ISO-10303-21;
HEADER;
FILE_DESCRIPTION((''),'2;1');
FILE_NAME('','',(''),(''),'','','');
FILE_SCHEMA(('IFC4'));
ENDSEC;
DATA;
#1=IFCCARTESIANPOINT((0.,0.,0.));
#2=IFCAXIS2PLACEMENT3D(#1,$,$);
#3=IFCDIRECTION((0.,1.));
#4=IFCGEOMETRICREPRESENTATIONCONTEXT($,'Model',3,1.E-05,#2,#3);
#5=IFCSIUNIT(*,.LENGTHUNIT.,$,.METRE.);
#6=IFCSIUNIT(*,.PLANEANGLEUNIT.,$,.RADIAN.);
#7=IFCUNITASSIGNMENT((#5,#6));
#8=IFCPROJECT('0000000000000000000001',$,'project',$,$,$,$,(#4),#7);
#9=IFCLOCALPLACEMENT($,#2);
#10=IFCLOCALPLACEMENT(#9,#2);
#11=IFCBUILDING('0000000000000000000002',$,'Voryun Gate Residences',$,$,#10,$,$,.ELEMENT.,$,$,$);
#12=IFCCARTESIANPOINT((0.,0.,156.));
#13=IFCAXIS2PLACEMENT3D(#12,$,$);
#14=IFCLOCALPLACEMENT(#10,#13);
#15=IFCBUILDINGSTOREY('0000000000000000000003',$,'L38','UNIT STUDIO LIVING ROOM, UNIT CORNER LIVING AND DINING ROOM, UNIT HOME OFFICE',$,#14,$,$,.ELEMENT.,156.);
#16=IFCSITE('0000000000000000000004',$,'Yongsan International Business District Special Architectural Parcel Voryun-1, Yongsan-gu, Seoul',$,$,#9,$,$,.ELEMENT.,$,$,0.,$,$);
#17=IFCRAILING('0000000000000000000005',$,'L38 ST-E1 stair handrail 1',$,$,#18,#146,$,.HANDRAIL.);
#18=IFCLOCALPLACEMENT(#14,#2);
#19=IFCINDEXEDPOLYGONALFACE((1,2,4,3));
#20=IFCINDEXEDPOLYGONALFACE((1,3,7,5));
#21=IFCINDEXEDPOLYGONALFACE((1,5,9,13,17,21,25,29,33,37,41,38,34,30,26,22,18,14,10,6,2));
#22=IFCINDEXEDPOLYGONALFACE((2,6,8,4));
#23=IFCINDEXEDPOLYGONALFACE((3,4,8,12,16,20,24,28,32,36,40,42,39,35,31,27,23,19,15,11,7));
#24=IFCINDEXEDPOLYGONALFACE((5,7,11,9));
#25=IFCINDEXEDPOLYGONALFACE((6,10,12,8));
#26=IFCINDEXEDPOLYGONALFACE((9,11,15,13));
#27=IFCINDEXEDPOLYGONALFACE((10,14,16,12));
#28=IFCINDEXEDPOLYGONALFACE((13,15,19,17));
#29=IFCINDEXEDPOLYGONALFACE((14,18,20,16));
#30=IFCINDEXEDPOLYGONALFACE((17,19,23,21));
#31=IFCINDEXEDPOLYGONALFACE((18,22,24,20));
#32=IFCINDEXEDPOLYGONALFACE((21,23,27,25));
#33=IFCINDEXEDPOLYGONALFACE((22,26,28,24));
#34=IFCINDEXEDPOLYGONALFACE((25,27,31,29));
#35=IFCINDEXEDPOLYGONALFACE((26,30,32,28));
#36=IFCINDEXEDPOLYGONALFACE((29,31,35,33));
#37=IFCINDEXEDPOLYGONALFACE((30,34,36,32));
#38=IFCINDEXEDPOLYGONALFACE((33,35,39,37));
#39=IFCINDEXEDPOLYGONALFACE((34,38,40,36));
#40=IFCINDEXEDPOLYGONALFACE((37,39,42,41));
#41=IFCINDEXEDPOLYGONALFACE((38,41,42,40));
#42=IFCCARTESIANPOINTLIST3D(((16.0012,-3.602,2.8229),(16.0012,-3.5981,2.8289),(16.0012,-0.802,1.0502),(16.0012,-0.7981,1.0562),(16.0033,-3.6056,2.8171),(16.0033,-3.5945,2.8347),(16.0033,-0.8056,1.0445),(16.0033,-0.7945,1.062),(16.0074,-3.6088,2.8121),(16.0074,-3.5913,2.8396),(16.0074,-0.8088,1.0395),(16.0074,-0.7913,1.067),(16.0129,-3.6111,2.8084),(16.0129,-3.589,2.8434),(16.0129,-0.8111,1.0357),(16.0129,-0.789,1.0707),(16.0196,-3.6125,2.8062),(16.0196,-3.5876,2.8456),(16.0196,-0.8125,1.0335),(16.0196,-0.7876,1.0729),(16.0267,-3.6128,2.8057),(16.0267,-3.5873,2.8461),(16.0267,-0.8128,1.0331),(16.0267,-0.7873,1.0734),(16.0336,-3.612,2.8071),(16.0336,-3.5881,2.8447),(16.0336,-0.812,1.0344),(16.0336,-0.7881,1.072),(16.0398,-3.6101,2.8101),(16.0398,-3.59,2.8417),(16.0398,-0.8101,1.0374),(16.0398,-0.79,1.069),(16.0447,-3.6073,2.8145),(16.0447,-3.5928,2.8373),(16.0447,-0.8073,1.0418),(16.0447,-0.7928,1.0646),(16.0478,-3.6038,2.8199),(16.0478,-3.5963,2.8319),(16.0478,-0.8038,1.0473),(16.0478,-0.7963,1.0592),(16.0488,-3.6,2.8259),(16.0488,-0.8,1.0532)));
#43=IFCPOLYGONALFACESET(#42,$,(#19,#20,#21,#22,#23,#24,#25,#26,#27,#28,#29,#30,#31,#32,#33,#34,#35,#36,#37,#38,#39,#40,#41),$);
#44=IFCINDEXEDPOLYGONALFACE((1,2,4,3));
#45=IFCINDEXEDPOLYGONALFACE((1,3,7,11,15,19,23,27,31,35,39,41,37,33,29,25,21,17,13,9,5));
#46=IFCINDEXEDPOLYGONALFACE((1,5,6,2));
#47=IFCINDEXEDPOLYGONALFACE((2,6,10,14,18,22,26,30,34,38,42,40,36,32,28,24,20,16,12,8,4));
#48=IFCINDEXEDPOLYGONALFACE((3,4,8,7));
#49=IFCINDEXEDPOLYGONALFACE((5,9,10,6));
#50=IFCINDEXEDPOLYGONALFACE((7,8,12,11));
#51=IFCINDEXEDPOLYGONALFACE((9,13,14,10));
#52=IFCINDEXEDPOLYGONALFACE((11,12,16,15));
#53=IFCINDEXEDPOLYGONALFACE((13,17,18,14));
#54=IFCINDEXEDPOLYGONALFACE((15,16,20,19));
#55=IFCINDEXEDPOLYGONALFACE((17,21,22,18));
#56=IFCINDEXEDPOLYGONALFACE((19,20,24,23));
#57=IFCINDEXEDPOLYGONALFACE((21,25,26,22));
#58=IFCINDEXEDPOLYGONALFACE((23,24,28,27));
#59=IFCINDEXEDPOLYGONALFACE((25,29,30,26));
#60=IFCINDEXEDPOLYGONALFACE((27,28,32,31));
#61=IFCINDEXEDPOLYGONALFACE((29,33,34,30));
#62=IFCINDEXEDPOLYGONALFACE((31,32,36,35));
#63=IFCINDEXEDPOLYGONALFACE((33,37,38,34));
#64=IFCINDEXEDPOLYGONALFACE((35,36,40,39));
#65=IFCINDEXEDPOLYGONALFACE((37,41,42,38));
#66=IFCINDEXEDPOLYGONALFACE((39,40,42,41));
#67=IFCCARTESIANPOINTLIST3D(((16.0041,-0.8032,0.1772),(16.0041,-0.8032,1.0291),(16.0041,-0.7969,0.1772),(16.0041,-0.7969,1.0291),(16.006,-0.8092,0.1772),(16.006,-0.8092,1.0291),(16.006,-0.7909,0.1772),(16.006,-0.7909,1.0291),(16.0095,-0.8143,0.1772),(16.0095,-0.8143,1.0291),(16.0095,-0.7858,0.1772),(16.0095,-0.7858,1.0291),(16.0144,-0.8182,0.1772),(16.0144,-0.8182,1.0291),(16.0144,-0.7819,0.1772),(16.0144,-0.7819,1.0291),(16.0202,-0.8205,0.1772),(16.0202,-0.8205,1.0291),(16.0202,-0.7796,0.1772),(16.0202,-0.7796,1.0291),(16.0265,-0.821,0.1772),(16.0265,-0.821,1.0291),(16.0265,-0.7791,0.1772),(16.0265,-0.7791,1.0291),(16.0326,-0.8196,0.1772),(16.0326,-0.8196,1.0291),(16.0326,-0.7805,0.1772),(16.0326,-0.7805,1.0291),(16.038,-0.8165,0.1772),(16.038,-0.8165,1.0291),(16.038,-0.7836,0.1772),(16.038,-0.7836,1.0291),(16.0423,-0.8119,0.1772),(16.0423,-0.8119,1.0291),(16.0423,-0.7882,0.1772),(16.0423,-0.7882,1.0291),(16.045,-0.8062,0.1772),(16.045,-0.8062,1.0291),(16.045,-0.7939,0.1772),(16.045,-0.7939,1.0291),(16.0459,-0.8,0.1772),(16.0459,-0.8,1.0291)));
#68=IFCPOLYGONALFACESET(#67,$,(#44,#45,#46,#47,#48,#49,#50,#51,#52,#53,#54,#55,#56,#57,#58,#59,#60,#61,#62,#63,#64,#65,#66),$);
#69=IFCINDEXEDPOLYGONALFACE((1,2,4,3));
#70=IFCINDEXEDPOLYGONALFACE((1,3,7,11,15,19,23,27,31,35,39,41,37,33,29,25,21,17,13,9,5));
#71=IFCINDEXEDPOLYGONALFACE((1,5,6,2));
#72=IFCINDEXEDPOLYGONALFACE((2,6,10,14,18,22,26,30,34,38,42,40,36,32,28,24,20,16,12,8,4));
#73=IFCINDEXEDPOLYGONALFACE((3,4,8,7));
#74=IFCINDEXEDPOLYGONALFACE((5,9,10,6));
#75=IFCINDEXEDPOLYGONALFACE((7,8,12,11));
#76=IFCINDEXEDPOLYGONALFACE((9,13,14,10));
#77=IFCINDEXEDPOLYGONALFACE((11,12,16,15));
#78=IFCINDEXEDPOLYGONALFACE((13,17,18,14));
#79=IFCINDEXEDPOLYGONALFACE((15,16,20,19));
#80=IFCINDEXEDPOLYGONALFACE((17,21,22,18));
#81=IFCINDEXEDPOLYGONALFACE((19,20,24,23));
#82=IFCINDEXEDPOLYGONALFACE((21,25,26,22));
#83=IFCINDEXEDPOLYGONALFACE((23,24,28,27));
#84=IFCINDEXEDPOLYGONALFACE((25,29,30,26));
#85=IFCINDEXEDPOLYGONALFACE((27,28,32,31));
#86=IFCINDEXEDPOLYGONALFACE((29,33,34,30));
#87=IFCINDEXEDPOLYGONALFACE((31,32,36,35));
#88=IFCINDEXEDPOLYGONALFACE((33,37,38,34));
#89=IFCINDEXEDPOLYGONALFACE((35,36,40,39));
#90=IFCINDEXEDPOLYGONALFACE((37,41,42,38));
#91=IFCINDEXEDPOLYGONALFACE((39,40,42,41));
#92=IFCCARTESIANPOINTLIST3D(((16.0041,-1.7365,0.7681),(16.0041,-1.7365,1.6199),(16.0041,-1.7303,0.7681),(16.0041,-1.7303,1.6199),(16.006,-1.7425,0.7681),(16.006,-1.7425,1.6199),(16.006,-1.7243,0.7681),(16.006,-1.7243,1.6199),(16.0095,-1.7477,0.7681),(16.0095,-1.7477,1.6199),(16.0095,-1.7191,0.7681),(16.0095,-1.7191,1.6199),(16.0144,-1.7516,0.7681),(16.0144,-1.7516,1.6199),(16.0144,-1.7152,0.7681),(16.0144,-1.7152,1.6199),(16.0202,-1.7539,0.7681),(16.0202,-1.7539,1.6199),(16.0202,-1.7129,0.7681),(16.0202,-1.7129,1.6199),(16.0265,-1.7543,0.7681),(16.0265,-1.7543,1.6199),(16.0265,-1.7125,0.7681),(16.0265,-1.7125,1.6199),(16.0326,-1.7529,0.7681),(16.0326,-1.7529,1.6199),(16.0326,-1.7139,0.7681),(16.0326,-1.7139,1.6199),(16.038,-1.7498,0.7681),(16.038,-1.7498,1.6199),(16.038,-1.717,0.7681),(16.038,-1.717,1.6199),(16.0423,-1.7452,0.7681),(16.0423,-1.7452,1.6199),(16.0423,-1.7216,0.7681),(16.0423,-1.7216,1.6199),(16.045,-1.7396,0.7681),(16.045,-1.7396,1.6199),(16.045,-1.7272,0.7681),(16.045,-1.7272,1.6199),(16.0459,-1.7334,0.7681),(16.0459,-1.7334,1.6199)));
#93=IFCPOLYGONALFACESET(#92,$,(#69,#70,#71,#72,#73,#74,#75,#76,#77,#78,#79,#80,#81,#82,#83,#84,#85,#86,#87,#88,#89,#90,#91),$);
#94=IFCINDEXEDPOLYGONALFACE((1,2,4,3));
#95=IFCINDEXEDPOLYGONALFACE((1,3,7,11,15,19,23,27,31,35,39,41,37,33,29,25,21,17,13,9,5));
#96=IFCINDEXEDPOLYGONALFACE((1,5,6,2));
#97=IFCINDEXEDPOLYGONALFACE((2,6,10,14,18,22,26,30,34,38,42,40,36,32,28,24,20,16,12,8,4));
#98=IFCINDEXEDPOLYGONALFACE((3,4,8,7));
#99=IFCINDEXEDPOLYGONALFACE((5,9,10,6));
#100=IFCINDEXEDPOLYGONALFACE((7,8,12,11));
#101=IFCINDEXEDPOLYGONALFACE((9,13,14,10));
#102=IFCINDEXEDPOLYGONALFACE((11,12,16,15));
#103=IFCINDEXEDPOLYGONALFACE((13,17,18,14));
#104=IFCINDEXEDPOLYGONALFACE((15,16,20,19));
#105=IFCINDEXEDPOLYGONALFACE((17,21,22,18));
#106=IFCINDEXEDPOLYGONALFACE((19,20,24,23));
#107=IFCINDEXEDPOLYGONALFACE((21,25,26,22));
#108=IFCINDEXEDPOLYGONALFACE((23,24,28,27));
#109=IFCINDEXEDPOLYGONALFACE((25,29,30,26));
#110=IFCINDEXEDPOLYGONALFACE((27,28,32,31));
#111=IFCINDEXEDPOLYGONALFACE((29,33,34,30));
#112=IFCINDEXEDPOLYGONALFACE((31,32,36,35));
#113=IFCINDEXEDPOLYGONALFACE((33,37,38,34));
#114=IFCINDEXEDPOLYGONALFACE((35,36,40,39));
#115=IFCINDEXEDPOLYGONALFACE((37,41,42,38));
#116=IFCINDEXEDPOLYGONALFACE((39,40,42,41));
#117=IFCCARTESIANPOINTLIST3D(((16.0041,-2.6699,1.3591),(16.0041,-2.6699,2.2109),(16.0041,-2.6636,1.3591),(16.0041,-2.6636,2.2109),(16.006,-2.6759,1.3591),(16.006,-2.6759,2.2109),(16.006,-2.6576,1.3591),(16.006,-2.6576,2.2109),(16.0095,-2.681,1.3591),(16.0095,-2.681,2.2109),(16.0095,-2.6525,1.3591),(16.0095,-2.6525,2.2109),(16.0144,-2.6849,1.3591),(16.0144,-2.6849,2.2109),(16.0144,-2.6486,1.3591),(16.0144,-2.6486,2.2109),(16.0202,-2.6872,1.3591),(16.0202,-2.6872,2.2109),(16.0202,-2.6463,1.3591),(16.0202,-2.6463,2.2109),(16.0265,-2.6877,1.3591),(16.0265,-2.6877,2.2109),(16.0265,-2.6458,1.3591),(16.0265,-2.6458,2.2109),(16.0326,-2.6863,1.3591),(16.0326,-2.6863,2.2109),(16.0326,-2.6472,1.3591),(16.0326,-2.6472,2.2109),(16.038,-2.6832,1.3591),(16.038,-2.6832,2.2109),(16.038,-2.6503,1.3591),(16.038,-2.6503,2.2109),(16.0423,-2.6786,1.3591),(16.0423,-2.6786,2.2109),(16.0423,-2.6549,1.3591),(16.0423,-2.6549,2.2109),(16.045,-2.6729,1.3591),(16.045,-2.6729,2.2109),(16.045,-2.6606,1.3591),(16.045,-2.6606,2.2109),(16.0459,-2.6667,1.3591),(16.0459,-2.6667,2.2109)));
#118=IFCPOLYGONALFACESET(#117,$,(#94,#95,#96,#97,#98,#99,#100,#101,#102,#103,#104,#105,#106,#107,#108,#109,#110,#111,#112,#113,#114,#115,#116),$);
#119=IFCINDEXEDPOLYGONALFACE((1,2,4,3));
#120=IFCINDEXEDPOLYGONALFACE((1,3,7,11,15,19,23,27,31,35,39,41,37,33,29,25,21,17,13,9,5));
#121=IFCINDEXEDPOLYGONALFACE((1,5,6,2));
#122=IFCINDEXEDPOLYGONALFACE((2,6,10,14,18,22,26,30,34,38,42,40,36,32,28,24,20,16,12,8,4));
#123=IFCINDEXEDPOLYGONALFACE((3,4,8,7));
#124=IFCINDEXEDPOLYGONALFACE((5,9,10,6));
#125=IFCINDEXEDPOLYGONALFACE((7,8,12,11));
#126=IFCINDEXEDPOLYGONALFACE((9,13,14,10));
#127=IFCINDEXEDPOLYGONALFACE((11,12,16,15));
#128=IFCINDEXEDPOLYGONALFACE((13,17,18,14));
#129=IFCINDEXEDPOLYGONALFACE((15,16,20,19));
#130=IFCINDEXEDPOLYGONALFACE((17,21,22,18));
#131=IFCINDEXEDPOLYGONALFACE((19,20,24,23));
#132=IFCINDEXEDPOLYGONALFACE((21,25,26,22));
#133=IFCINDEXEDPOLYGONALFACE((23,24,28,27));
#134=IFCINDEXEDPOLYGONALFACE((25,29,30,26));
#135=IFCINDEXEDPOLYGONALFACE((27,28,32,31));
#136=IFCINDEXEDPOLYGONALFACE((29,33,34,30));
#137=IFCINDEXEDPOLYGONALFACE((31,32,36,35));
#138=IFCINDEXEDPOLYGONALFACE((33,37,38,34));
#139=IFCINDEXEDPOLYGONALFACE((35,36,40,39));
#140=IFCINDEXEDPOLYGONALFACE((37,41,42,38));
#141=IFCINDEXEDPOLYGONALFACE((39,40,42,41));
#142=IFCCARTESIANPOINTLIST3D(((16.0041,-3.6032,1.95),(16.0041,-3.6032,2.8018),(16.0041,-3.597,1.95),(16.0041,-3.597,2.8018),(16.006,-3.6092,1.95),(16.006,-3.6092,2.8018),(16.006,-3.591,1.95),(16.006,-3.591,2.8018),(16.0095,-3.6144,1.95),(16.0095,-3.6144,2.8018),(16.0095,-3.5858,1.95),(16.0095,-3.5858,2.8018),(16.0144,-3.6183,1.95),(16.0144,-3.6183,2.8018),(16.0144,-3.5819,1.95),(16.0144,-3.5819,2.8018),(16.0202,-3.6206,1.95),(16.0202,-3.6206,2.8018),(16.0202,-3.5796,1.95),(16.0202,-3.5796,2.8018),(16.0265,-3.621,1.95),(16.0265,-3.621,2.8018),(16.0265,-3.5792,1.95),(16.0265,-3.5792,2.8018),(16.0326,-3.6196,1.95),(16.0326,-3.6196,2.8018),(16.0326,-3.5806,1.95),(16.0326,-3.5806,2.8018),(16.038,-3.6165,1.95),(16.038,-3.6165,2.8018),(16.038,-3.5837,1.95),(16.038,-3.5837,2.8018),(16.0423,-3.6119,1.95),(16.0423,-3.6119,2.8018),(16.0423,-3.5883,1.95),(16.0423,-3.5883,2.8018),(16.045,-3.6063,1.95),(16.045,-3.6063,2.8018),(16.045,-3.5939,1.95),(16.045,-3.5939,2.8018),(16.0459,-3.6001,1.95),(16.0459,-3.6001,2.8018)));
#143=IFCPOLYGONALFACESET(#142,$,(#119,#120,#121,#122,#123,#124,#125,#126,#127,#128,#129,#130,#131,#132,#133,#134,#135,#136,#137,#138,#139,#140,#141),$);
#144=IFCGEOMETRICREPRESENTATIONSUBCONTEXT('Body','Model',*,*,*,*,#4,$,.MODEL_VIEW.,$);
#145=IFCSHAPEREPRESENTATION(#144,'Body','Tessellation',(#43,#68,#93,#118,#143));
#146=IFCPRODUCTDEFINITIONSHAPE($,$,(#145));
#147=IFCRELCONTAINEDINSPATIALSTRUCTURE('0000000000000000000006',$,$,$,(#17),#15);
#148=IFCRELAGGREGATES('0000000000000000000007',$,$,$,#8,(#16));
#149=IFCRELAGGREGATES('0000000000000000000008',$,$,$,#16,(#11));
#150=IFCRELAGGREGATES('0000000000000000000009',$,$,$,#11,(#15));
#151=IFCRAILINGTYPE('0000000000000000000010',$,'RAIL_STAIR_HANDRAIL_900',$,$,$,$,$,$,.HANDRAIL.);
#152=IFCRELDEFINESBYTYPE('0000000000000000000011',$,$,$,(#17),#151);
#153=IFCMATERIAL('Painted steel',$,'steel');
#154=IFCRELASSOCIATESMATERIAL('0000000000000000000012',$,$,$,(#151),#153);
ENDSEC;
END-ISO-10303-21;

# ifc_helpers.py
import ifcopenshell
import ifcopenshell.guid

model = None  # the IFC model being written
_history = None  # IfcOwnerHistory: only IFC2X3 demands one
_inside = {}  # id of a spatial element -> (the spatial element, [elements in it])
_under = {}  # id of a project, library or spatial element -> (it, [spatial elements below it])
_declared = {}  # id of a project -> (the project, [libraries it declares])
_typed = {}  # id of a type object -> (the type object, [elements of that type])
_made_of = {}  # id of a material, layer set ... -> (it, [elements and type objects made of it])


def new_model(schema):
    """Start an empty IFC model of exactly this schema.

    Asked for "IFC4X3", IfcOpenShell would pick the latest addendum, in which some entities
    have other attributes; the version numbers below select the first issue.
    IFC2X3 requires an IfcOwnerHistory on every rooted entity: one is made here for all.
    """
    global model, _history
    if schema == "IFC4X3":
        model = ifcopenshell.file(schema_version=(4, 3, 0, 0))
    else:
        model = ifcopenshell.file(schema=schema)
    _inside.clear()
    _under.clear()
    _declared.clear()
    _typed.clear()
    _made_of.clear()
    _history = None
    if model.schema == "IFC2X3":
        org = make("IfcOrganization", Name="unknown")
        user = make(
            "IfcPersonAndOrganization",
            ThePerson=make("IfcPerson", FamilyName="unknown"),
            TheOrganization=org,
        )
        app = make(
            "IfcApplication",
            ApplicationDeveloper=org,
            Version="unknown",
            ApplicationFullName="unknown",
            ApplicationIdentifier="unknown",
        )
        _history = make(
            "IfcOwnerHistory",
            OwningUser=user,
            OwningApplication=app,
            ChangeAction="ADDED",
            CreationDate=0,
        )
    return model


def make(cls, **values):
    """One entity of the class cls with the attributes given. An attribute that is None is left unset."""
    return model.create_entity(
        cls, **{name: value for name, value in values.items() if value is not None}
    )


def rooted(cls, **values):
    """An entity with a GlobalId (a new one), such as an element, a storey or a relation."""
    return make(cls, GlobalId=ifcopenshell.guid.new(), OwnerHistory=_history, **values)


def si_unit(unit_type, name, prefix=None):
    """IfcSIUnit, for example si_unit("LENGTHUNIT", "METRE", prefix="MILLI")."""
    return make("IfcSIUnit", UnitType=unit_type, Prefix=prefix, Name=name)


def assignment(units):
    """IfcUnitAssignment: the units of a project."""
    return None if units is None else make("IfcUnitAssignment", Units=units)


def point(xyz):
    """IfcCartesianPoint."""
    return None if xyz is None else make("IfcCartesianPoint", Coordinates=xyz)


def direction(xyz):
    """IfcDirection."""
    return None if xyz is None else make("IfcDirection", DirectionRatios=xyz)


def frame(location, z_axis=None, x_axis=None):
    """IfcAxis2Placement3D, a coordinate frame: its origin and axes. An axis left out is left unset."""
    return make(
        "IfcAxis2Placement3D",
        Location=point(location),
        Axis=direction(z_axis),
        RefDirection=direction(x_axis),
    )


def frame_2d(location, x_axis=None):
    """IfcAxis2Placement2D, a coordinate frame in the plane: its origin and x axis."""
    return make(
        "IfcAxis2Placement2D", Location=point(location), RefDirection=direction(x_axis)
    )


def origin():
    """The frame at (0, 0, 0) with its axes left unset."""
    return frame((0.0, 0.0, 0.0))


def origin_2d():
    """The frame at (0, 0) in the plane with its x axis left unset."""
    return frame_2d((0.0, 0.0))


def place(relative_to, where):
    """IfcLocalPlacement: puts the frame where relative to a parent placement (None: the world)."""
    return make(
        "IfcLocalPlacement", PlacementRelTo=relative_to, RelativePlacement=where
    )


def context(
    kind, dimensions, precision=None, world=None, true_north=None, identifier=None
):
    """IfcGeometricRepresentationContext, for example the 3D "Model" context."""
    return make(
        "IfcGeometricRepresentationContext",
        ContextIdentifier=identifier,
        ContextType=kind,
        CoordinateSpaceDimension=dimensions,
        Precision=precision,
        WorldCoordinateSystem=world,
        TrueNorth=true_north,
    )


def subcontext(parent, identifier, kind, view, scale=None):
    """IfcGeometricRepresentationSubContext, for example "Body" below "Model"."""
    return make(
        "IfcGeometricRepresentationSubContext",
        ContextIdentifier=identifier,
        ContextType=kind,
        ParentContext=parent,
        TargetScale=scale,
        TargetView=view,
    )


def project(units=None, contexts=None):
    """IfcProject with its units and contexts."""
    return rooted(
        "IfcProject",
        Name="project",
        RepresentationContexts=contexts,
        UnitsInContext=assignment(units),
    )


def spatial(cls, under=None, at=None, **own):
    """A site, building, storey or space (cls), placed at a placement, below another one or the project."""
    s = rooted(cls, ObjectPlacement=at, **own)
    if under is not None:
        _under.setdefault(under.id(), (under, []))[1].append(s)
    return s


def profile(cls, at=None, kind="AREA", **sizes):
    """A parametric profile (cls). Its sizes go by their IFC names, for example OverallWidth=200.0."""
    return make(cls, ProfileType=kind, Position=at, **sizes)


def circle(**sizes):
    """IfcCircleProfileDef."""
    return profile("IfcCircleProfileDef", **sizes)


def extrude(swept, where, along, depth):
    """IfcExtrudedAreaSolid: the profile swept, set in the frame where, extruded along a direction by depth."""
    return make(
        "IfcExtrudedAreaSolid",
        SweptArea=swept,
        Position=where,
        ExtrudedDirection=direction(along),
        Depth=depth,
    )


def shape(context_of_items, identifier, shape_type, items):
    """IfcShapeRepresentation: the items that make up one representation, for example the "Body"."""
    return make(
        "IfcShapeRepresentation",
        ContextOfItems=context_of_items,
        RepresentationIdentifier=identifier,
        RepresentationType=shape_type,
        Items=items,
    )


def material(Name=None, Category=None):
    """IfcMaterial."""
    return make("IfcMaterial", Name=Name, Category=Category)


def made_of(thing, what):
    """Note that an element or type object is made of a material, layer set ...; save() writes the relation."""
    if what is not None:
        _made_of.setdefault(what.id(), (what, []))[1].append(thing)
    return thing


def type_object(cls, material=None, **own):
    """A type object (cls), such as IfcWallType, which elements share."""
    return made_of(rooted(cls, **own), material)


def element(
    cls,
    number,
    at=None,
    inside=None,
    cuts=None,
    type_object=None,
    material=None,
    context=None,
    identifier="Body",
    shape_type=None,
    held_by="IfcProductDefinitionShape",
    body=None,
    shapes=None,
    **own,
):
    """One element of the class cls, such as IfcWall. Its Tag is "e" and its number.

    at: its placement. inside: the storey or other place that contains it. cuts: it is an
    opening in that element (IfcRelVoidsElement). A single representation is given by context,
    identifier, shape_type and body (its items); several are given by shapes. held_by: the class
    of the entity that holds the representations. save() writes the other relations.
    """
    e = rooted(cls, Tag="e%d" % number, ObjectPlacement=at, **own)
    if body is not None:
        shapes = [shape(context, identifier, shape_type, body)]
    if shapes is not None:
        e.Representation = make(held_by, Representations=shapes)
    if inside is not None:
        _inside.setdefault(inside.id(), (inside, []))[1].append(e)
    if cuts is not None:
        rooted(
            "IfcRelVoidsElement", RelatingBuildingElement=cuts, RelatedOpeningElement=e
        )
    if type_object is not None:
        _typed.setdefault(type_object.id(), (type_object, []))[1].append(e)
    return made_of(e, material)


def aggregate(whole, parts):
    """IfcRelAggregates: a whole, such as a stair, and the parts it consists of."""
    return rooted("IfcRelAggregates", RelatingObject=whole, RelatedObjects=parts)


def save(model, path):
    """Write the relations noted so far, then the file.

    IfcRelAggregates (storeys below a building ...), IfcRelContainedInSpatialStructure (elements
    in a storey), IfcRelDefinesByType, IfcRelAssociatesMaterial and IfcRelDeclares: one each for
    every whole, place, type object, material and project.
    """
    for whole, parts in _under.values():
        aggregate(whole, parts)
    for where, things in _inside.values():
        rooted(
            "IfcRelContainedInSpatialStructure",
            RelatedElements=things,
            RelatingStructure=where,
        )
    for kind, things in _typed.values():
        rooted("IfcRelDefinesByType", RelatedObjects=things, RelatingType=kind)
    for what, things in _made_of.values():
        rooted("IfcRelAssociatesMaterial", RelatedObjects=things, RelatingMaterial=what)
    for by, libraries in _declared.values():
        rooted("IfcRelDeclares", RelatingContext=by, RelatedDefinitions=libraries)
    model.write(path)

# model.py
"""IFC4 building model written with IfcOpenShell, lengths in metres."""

from ifc_helpers import new_model, si_unit, direction, frame, origin, origin_2d, place, context, subcontext, project, spatial, circle, extrude, material, type_object, element, save


model = new_model("IFC4")

# Units and contexts
model_context = context("Model", 3, precision=1e-05, world=origin(), true_north=direction((0.0, 1.0)))
body_context = subcontext(model_context, "Body", "Model", "MODEL_VIEW")
ifc_project = project(units=[si_unit("LENGTHUNIT", "METRE"), si_unit("PLANEANGLEUNIT", "RADIAN")], contexts=[model_context])

# Site, building, storey
site_placement = place(None, origin())
site = spatial("IfcSite", under=ifc_project, at=site_placement, Name="Yongsan International Business District Special Architectural Parcel Voryun-1, Yongsan-gu, Seoul", CompositionType="ELEMENT", RefElevation=0.0)
building_placement = place(site_placement, origin())
building = spatial("IfcBuilding", under=site, at=building_placement, Name="Voryun Gate Residences", CompositionType="ELEMENT")
storey_placement = place(building_placement, frame((0.0, 0.0, 156.0)))
storey = spatial("IfcBuildingStorey", under=building, at=storey_placement, Name="L38", Description="UNIT STUDIO LIVING ROOM, UNIT CORNER LIVING AND DINING ROOM, UNIT HOME OFFICE", CompositionType="ELEMENT", Elevation=156.0)

# Railing
ifc_material_1 = material(Name="Painted steel", Category="steel")
railing_type_1 = type_object("IfcRailingType", Name="RAIL_STAIR_HANDRAIL_900", PredefinedType="HANDRAIL", material=ifc_material_1)
railing_1_placement = place(storey_placement, frame((16.0249, -0.8, 0.1772)))
element("IfcRailing", 1, at=railing_1_placement, inside=storey, type_object=railing_type_1, Name="L38 ST-E1 stair handrail 1", PredefinedType="HANDRAIL", context=body_context, shape_type="SweptSolid", body=[
    extrude(circle(Radius=0.0239, at=origin_2d()), frame((0.0, 0.0, 0.876), z_axis=(0.0, -0.844909, 0.53491), x_axis=(1.0, 0.0, 0.0)), (0.0, 0.0, 1.0), 3.314),
    extrude(circle(Radius=0.021, at=origin_2d()), origin(), (0.0, 0.0, 1.0), 0.8518),
    extrude(circle(Radius=0.021, at=origin_2d()), frame((0.0, -0.9333, 0.5908)), (0.0, 0.0, 1.0), 0.8518),
    extrude(circle(Radius=0.021, at=origin_2d()), frame((0.0, -1.8667, 1.1819)), (0.0, 0.0, 1.0), 0.8518),
    extrude(circle(Radius=0.021, at=origin_2d()), frame((0.0, -2.8, 1.7727)), (0.0, 0.0, 1.0), 0.8518),
])

save(model, "model.ifc")
